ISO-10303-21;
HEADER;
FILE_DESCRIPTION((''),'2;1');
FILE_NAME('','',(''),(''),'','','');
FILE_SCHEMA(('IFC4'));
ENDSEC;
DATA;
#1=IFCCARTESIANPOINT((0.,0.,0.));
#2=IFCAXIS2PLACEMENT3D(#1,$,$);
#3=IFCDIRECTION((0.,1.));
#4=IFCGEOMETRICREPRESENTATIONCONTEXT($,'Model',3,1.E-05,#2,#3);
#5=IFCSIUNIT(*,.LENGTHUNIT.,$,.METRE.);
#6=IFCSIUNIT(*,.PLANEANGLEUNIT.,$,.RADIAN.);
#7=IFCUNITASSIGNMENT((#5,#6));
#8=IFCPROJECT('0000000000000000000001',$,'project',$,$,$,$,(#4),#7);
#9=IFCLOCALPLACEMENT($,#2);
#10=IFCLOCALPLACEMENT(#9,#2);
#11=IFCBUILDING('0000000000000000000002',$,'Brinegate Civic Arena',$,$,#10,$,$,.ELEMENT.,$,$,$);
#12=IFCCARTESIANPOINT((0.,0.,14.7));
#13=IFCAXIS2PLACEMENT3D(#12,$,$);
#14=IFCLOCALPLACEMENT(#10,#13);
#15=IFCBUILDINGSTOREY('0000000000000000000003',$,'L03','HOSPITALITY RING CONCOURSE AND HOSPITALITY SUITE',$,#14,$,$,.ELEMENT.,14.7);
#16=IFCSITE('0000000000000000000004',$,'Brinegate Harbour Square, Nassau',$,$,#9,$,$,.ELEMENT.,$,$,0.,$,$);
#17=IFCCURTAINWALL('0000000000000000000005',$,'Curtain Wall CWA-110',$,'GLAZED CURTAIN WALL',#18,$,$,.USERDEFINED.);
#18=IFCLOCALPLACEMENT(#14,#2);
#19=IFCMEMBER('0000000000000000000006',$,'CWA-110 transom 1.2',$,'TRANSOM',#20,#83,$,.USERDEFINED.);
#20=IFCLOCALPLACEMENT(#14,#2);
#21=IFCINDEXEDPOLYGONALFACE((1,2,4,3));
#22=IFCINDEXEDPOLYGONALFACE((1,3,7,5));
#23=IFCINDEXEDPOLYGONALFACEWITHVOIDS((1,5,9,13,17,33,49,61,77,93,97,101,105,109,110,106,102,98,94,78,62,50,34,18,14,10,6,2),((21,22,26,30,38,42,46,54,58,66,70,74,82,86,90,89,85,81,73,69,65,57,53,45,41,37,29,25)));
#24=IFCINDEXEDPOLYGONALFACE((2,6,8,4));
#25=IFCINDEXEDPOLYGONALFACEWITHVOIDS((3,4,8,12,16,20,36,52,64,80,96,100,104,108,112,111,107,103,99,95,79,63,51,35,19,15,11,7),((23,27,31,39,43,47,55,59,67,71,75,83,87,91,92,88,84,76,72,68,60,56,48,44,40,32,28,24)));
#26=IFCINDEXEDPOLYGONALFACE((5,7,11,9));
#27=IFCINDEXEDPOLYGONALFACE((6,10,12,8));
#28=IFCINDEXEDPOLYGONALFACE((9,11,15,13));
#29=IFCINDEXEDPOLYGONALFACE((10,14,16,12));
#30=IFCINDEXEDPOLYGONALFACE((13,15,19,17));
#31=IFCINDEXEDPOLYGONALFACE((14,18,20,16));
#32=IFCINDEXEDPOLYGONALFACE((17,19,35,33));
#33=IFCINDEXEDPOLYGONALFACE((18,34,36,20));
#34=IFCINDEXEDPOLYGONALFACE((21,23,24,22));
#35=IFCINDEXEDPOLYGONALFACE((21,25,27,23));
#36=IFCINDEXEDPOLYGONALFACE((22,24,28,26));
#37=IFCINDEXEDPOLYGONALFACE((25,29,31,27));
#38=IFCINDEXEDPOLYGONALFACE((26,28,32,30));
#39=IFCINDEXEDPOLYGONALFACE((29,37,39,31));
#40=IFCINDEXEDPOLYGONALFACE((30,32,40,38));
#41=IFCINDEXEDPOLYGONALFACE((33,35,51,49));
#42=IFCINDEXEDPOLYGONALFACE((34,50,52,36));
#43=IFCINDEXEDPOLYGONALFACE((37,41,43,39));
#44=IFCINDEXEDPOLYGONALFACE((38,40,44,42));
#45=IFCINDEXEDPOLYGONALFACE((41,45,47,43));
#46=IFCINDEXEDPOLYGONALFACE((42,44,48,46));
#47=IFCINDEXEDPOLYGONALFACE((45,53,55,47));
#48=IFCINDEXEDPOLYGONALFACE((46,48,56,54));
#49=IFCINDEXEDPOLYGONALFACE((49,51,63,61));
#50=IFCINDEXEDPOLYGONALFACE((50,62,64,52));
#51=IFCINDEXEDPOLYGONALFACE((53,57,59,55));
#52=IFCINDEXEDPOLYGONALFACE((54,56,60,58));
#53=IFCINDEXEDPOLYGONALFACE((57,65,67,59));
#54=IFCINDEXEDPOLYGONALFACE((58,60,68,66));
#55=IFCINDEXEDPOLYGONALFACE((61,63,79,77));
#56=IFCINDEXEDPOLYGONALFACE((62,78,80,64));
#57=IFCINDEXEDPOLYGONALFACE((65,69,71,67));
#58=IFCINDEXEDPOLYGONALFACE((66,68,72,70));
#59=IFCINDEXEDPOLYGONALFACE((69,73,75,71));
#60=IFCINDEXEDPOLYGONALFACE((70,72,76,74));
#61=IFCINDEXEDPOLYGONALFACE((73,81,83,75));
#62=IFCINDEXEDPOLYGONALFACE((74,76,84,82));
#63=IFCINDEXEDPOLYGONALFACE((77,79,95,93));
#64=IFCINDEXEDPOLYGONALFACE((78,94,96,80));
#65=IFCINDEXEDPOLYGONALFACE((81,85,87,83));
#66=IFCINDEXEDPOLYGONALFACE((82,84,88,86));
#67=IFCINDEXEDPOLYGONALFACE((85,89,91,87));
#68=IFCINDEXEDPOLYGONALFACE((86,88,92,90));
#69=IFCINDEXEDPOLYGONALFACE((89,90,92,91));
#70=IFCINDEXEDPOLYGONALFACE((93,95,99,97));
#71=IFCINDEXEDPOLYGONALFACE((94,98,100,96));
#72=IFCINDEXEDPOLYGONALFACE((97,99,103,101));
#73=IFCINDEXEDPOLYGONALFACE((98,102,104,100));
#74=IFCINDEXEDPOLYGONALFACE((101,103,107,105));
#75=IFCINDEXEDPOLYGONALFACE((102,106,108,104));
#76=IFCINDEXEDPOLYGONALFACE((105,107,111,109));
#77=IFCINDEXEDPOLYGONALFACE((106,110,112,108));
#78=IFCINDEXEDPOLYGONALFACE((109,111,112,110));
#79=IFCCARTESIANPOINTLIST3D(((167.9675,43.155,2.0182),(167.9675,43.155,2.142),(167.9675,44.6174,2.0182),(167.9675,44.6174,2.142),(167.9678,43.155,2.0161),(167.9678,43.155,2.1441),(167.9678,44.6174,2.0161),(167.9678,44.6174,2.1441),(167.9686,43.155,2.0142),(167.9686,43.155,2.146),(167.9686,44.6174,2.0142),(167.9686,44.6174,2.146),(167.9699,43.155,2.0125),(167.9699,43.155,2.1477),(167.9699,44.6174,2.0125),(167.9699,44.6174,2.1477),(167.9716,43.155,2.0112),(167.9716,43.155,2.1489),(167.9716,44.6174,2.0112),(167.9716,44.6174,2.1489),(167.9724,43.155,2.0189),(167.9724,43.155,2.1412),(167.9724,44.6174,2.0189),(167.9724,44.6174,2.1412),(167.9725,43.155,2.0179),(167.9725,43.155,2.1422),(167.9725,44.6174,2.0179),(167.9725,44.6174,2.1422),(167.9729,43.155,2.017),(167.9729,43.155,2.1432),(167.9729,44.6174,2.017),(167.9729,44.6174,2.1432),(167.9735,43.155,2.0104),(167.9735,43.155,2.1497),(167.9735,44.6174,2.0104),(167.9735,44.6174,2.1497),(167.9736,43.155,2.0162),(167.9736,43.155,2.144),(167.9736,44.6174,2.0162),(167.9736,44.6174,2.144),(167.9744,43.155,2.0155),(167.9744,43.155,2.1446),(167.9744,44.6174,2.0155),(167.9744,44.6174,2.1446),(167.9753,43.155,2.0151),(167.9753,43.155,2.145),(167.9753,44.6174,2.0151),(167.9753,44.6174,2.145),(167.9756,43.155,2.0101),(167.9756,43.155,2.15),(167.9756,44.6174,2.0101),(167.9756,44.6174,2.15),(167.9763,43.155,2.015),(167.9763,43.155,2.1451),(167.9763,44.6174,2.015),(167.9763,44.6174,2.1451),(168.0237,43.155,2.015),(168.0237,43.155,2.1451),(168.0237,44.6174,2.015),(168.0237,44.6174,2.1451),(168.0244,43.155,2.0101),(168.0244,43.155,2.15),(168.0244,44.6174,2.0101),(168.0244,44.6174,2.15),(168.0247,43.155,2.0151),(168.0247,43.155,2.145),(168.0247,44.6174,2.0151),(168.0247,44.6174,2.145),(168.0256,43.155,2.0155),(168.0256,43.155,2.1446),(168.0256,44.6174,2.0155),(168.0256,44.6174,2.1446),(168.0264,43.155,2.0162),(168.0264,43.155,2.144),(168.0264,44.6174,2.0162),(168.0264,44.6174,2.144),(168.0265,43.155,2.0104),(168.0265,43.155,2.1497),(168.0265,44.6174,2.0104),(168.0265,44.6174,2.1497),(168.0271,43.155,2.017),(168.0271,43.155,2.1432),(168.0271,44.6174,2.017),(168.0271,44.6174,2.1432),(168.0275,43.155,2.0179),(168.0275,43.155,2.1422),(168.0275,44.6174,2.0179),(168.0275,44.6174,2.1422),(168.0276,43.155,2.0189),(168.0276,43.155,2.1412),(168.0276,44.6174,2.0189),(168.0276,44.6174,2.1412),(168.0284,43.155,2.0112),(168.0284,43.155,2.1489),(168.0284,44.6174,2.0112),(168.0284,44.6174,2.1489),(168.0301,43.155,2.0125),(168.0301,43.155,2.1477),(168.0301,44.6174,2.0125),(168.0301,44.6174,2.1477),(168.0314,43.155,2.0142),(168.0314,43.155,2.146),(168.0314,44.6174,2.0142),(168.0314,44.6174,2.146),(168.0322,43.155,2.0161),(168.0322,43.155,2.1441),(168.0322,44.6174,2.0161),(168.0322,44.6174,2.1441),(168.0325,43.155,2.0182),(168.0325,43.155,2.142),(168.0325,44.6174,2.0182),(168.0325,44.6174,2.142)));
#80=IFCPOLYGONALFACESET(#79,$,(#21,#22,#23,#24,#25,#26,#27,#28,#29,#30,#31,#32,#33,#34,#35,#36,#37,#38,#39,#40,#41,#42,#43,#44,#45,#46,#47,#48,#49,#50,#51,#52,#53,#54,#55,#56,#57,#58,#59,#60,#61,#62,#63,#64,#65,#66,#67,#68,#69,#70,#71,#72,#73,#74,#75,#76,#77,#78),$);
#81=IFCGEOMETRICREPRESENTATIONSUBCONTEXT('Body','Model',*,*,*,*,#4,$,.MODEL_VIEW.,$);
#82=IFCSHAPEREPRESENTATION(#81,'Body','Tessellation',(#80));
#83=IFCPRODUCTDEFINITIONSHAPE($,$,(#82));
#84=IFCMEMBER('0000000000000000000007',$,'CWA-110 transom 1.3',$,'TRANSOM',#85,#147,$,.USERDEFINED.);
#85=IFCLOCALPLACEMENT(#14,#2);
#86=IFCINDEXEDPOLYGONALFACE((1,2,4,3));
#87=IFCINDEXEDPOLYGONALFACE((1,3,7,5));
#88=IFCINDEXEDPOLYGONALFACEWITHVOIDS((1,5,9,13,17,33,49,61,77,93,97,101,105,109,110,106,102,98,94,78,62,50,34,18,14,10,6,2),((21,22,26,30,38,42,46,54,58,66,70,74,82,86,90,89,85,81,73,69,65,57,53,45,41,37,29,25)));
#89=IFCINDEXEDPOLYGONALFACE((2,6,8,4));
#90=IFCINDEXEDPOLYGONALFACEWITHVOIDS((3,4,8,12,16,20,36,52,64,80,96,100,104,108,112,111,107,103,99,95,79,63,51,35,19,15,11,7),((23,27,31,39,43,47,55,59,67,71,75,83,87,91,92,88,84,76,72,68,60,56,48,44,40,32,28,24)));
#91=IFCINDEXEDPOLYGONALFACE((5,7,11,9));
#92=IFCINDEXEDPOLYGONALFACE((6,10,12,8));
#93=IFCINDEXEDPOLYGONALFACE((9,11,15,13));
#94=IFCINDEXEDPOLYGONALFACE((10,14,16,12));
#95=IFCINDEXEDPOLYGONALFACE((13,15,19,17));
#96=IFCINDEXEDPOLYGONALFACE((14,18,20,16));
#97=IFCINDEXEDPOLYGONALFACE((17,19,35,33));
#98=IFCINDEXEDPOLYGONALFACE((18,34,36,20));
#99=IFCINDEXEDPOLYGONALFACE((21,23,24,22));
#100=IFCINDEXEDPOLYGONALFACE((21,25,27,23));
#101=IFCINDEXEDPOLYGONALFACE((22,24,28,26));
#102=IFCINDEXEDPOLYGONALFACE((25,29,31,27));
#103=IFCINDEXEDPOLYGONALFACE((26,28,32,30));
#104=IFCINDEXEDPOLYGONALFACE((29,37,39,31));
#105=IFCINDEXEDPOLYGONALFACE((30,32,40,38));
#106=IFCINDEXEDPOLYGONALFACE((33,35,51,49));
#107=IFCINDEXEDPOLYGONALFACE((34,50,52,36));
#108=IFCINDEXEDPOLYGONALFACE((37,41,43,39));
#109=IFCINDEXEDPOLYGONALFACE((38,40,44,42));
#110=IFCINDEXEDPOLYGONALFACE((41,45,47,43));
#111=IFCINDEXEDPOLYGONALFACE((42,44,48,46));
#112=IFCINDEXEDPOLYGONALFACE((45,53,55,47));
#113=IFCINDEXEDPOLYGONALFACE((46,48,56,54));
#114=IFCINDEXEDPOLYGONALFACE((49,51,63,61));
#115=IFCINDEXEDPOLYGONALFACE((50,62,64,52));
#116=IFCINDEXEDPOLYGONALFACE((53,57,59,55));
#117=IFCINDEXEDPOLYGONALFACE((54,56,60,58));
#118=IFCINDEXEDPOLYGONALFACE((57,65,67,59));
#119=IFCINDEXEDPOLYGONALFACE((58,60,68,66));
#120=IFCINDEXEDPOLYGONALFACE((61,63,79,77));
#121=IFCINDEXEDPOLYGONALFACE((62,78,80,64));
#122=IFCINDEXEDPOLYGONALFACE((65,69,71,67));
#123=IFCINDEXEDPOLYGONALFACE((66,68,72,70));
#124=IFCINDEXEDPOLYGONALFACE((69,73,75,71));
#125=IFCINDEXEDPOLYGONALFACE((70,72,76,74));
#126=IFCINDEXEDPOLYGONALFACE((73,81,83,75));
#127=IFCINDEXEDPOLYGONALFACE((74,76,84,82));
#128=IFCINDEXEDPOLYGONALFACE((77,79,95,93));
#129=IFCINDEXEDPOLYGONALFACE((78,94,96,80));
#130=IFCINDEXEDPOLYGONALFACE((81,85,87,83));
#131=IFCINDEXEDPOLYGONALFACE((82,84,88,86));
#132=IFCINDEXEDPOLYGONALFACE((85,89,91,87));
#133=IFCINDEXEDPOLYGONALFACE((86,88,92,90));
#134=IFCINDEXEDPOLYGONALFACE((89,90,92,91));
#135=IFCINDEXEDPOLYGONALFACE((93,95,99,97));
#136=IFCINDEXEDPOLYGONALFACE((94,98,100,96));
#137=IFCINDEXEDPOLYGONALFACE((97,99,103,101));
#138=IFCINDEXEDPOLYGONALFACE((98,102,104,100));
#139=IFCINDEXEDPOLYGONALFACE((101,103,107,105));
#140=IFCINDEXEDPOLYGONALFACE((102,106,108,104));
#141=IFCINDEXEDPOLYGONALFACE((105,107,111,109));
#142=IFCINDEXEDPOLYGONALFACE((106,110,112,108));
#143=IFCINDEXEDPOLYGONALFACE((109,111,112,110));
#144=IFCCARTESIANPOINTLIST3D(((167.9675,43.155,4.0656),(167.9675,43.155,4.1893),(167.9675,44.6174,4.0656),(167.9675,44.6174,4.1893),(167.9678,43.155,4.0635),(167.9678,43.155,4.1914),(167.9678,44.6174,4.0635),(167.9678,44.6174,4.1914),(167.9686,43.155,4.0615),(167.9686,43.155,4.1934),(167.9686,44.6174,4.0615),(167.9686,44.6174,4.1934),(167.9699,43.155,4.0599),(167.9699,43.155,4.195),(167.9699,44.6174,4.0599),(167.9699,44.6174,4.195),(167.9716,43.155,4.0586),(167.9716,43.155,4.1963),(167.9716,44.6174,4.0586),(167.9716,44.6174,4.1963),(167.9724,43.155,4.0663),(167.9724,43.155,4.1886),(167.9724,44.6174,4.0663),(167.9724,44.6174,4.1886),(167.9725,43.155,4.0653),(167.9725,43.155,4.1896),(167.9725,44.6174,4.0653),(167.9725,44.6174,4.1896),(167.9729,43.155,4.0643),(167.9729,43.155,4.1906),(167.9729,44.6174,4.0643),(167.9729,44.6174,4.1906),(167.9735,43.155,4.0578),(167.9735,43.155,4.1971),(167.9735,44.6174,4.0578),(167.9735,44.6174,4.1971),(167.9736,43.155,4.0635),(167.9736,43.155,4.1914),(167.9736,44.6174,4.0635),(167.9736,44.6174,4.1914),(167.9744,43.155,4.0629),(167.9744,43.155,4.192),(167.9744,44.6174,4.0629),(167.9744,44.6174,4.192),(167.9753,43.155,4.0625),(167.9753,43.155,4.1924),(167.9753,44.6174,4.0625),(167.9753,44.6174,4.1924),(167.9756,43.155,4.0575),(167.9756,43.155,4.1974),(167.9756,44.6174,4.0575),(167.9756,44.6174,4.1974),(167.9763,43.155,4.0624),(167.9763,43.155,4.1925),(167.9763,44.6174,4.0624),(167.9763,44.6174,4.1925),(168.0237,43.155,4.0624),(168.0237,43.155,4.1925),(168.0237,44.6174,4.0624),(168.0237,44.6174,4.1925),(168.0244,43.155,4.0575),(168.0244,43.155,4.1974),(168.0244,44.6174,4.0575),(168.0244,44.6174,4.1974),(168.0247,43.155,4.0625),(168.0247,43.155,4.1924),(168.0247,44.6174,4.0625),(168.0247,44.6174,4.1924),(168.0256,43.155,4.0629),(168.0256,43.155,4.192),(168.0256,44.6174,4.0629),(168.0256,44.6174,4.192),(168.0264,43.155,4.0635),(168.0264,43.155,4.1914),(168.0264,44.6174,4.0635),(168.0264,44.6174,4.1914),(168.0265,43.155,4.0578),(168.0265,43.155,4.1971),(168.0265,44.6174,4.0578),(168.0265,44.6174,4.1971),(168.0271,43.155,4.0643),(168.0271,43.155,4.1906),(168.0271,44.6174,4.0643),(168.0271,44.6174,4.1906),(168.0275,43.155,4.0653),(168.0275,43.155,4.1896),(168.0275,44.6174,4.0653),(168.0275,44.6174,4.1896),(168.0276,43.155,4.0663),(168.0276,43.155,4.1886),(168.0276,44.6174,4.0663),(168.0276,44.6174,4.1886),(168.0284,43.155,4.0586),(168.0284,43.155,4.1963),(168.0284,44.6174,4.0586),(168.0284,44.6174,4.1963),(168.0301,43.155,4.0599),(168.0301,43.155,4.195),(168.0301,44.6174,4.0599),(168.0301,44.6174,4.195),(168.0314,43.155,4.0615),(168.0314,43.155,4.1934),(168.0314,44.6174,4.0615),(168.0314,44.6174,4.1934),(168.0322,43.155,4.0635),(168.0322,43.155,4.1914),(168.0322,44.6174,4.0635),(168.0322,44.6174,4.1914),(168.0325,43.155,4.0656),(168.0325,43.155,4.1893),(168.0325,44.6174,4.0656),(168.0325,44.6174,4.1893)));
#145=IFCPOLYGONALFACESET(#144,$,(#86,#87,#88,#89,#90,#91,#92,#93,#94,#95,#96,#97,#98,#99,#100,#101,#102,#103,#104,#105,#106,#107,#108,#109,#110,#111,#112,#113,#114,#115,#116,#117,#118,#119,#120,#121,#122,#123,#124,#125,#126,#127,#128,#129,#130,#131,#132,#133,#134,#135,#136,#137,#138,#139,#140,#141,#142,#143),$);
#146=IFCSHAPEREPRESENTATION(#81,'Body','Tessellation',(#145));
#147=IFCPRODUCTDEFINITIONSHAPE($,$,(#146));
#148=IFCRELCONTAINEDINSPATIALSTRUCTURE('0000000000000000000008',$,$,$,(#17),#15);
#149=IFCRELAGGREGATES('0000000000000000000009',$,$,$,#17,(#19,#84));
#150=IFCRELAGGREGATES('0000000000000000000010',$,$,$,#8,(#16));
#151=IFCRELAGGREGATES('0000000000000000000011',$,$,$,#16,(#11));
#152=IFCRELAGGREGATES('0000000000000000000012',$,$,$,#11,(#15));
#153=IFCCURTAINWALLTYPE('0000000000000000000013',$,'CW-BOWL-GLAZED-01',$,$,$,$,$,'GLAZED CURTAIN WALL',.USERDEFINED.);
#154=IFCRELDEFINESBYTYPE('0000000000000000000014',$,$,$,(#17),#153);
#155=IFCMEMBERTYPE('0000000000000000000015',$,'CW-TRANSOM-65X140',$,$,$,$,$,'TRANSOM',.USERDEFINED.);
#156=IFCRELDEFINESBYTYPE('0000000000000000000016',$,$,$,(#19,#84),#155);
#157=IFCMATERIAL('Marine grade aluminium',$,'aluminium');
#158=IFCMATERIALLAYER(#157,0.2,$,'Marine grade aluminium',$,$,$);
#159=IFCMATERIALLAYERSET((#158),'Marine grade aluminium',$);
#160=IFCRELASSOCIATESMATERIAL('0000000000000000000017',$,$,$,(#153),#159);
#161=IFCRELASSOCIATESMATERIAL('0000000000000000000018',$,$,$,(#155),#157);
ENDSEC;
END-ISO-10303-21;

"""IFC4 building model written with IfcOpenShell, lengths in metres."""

from ifc_helpers import new_model, si_unit, direction, frame, origin, origin_2d, place, context, subcontext, project, spatial, hollow_rectangle, extrude, material, layer, layer_set, material_profile, profile_set, type_object, element, aggregate, save


model = new_model("IFC4")

# Units and contexts
model_context = context("Model", 3, precision=1e-05, world=origin(), true_north=direction((0.0, 1.0)))
body_context = subcontext(model_context, "Body", "Model", "MODEL_VIEW")
ifc_project = project(units=[si_unit("LENGTHUNIT", "METRE"), si_unit("PLANEANGLEUNIT", "RADIAN")], contexts=[model_context])

# Site, building, storey
site_placement = place(None, origin())
site = spatial("IfcSite", under=ifc_project, at=site_placement, Name="Brinegate Harbour Square, Nassau", CompositionType="ELEMENT", RefElevation=0.0)
building_placement = place(site_placement, origin())
building = spatial("IfcBuilding", under=site, at=building_placement, Name="Brinegate Civic Arena", CompositionType="ELEMENT")
storey_placement = place(building_placement, frame((0.0, 0.0, 14.7)))
storey = spatial("IfcBuildingStorey", under=building, at=storey_placement, Name="L03", Description="HOSPITALITY RING CONCOURSE AND HOSPITALITY SUITE", CompositionType="ELEMENT", Elevation=14.7)

# Shared definitions
ifc_material_1 = material(Name="Marine grade aluminium", Category="aluminium")
ifc_layer_1 = layer(ifc_material_1, 0.2, Name="Marine grade aluminium")
ifc_layer_set_1 = layer_set([ifc_layer_1], Name="Marine grade aluminium")
curtain_wall_type = type_object("IfcCurtainWallType", Name="CW-BOWL-GLAZED-01", ElementType="GLAZED CURTAIN WALL", PredefinedType="USERDEFINED", material=ifc_layer_set_1)

# Curtain wall, members
curtain_wall_1_placement = place(storey_placement, origin())
curtain_wall_1 = element("IfcCurtainWall", 1, at=curtain_wall_1_placement, inside=storey, type_object=curtain_wall_type, Name="Curtain Wall CWA-110", ObjectType="GLAZED CURTAIN WALL", PredefinedType="USERDEFINED")
ifc_material_profile_1 = material_profile(ifc_material_1, hollow_rectangle(XDim=0.0649, YDim=0.1399, WallThickness=0.0049, InnerFilletRadius=0.0039, OuterFilletRadius=0.0081, at=origin_2d()), Name="TRN65X140")
ifc_profile_set_1 = profile_set([ifc_material_profile_1], Name="Marine grade aluminium")
member_type_1 = type_object("IfcMemberType", Name="CW-TRANSOM-65X140", ElementType="TRANSOM", PredefinedType="USERDEFINED", material=ifc_profile_set_1)
member_1_placement = place(storey_placement, frame((168.0, 43.155, 2.0801), z_axis=(0.0, 1.0, 0.0), x_axis=(-1.0, 0.0, 0.0)))
member_1 = element("IfcMember", 2, at=member_1_placement, type_object=member_type_1, Name="CWA-110 transom 1.2", ObjectType="TRANSOM", PredefinedType="USERDEFINED", context=body_context, shape_type="SweptSolid", body=[
    extrude(hollow_rectangle(XDim=0.0649, YDim=0.1399, WallThickness=0.0049, InnerFilletRadius=0.0039, OuterFilletRadius=0.0081, at=origin_2d()), origin(), (0.0, 0.0, 1.0), 1.4624),
])
member_2_placement = place(storey_placement, frame((168.0, 43.155, 4.1274), z_axis=(0.0, 1.0, 0.0), x_axis=(-1.0, 0.0, 0.0)))
member_2 = element("IfcMember", 3, at=member_2_placement, type_object=member_type_1, Name="CWA-110 transom 1.3", ObjectType="TRANSOM", PredefinedType="USERDEFINED", context=body_context, shape_type="SweptSolid", body=[
    extrude(hollow_rectangle(XDim=0.0649, YDim=0.1399, WallThickness=0.0049, InnerFilletRadius=0.0039, OuterFilletRadius=0.0081, at=origin_2d()), origin(), (0.0, 0.0, 1.0), 1.4624),
])

aggregate(curtain_wall_1, [member_1, member_2])

save(model, "model.ifc")
